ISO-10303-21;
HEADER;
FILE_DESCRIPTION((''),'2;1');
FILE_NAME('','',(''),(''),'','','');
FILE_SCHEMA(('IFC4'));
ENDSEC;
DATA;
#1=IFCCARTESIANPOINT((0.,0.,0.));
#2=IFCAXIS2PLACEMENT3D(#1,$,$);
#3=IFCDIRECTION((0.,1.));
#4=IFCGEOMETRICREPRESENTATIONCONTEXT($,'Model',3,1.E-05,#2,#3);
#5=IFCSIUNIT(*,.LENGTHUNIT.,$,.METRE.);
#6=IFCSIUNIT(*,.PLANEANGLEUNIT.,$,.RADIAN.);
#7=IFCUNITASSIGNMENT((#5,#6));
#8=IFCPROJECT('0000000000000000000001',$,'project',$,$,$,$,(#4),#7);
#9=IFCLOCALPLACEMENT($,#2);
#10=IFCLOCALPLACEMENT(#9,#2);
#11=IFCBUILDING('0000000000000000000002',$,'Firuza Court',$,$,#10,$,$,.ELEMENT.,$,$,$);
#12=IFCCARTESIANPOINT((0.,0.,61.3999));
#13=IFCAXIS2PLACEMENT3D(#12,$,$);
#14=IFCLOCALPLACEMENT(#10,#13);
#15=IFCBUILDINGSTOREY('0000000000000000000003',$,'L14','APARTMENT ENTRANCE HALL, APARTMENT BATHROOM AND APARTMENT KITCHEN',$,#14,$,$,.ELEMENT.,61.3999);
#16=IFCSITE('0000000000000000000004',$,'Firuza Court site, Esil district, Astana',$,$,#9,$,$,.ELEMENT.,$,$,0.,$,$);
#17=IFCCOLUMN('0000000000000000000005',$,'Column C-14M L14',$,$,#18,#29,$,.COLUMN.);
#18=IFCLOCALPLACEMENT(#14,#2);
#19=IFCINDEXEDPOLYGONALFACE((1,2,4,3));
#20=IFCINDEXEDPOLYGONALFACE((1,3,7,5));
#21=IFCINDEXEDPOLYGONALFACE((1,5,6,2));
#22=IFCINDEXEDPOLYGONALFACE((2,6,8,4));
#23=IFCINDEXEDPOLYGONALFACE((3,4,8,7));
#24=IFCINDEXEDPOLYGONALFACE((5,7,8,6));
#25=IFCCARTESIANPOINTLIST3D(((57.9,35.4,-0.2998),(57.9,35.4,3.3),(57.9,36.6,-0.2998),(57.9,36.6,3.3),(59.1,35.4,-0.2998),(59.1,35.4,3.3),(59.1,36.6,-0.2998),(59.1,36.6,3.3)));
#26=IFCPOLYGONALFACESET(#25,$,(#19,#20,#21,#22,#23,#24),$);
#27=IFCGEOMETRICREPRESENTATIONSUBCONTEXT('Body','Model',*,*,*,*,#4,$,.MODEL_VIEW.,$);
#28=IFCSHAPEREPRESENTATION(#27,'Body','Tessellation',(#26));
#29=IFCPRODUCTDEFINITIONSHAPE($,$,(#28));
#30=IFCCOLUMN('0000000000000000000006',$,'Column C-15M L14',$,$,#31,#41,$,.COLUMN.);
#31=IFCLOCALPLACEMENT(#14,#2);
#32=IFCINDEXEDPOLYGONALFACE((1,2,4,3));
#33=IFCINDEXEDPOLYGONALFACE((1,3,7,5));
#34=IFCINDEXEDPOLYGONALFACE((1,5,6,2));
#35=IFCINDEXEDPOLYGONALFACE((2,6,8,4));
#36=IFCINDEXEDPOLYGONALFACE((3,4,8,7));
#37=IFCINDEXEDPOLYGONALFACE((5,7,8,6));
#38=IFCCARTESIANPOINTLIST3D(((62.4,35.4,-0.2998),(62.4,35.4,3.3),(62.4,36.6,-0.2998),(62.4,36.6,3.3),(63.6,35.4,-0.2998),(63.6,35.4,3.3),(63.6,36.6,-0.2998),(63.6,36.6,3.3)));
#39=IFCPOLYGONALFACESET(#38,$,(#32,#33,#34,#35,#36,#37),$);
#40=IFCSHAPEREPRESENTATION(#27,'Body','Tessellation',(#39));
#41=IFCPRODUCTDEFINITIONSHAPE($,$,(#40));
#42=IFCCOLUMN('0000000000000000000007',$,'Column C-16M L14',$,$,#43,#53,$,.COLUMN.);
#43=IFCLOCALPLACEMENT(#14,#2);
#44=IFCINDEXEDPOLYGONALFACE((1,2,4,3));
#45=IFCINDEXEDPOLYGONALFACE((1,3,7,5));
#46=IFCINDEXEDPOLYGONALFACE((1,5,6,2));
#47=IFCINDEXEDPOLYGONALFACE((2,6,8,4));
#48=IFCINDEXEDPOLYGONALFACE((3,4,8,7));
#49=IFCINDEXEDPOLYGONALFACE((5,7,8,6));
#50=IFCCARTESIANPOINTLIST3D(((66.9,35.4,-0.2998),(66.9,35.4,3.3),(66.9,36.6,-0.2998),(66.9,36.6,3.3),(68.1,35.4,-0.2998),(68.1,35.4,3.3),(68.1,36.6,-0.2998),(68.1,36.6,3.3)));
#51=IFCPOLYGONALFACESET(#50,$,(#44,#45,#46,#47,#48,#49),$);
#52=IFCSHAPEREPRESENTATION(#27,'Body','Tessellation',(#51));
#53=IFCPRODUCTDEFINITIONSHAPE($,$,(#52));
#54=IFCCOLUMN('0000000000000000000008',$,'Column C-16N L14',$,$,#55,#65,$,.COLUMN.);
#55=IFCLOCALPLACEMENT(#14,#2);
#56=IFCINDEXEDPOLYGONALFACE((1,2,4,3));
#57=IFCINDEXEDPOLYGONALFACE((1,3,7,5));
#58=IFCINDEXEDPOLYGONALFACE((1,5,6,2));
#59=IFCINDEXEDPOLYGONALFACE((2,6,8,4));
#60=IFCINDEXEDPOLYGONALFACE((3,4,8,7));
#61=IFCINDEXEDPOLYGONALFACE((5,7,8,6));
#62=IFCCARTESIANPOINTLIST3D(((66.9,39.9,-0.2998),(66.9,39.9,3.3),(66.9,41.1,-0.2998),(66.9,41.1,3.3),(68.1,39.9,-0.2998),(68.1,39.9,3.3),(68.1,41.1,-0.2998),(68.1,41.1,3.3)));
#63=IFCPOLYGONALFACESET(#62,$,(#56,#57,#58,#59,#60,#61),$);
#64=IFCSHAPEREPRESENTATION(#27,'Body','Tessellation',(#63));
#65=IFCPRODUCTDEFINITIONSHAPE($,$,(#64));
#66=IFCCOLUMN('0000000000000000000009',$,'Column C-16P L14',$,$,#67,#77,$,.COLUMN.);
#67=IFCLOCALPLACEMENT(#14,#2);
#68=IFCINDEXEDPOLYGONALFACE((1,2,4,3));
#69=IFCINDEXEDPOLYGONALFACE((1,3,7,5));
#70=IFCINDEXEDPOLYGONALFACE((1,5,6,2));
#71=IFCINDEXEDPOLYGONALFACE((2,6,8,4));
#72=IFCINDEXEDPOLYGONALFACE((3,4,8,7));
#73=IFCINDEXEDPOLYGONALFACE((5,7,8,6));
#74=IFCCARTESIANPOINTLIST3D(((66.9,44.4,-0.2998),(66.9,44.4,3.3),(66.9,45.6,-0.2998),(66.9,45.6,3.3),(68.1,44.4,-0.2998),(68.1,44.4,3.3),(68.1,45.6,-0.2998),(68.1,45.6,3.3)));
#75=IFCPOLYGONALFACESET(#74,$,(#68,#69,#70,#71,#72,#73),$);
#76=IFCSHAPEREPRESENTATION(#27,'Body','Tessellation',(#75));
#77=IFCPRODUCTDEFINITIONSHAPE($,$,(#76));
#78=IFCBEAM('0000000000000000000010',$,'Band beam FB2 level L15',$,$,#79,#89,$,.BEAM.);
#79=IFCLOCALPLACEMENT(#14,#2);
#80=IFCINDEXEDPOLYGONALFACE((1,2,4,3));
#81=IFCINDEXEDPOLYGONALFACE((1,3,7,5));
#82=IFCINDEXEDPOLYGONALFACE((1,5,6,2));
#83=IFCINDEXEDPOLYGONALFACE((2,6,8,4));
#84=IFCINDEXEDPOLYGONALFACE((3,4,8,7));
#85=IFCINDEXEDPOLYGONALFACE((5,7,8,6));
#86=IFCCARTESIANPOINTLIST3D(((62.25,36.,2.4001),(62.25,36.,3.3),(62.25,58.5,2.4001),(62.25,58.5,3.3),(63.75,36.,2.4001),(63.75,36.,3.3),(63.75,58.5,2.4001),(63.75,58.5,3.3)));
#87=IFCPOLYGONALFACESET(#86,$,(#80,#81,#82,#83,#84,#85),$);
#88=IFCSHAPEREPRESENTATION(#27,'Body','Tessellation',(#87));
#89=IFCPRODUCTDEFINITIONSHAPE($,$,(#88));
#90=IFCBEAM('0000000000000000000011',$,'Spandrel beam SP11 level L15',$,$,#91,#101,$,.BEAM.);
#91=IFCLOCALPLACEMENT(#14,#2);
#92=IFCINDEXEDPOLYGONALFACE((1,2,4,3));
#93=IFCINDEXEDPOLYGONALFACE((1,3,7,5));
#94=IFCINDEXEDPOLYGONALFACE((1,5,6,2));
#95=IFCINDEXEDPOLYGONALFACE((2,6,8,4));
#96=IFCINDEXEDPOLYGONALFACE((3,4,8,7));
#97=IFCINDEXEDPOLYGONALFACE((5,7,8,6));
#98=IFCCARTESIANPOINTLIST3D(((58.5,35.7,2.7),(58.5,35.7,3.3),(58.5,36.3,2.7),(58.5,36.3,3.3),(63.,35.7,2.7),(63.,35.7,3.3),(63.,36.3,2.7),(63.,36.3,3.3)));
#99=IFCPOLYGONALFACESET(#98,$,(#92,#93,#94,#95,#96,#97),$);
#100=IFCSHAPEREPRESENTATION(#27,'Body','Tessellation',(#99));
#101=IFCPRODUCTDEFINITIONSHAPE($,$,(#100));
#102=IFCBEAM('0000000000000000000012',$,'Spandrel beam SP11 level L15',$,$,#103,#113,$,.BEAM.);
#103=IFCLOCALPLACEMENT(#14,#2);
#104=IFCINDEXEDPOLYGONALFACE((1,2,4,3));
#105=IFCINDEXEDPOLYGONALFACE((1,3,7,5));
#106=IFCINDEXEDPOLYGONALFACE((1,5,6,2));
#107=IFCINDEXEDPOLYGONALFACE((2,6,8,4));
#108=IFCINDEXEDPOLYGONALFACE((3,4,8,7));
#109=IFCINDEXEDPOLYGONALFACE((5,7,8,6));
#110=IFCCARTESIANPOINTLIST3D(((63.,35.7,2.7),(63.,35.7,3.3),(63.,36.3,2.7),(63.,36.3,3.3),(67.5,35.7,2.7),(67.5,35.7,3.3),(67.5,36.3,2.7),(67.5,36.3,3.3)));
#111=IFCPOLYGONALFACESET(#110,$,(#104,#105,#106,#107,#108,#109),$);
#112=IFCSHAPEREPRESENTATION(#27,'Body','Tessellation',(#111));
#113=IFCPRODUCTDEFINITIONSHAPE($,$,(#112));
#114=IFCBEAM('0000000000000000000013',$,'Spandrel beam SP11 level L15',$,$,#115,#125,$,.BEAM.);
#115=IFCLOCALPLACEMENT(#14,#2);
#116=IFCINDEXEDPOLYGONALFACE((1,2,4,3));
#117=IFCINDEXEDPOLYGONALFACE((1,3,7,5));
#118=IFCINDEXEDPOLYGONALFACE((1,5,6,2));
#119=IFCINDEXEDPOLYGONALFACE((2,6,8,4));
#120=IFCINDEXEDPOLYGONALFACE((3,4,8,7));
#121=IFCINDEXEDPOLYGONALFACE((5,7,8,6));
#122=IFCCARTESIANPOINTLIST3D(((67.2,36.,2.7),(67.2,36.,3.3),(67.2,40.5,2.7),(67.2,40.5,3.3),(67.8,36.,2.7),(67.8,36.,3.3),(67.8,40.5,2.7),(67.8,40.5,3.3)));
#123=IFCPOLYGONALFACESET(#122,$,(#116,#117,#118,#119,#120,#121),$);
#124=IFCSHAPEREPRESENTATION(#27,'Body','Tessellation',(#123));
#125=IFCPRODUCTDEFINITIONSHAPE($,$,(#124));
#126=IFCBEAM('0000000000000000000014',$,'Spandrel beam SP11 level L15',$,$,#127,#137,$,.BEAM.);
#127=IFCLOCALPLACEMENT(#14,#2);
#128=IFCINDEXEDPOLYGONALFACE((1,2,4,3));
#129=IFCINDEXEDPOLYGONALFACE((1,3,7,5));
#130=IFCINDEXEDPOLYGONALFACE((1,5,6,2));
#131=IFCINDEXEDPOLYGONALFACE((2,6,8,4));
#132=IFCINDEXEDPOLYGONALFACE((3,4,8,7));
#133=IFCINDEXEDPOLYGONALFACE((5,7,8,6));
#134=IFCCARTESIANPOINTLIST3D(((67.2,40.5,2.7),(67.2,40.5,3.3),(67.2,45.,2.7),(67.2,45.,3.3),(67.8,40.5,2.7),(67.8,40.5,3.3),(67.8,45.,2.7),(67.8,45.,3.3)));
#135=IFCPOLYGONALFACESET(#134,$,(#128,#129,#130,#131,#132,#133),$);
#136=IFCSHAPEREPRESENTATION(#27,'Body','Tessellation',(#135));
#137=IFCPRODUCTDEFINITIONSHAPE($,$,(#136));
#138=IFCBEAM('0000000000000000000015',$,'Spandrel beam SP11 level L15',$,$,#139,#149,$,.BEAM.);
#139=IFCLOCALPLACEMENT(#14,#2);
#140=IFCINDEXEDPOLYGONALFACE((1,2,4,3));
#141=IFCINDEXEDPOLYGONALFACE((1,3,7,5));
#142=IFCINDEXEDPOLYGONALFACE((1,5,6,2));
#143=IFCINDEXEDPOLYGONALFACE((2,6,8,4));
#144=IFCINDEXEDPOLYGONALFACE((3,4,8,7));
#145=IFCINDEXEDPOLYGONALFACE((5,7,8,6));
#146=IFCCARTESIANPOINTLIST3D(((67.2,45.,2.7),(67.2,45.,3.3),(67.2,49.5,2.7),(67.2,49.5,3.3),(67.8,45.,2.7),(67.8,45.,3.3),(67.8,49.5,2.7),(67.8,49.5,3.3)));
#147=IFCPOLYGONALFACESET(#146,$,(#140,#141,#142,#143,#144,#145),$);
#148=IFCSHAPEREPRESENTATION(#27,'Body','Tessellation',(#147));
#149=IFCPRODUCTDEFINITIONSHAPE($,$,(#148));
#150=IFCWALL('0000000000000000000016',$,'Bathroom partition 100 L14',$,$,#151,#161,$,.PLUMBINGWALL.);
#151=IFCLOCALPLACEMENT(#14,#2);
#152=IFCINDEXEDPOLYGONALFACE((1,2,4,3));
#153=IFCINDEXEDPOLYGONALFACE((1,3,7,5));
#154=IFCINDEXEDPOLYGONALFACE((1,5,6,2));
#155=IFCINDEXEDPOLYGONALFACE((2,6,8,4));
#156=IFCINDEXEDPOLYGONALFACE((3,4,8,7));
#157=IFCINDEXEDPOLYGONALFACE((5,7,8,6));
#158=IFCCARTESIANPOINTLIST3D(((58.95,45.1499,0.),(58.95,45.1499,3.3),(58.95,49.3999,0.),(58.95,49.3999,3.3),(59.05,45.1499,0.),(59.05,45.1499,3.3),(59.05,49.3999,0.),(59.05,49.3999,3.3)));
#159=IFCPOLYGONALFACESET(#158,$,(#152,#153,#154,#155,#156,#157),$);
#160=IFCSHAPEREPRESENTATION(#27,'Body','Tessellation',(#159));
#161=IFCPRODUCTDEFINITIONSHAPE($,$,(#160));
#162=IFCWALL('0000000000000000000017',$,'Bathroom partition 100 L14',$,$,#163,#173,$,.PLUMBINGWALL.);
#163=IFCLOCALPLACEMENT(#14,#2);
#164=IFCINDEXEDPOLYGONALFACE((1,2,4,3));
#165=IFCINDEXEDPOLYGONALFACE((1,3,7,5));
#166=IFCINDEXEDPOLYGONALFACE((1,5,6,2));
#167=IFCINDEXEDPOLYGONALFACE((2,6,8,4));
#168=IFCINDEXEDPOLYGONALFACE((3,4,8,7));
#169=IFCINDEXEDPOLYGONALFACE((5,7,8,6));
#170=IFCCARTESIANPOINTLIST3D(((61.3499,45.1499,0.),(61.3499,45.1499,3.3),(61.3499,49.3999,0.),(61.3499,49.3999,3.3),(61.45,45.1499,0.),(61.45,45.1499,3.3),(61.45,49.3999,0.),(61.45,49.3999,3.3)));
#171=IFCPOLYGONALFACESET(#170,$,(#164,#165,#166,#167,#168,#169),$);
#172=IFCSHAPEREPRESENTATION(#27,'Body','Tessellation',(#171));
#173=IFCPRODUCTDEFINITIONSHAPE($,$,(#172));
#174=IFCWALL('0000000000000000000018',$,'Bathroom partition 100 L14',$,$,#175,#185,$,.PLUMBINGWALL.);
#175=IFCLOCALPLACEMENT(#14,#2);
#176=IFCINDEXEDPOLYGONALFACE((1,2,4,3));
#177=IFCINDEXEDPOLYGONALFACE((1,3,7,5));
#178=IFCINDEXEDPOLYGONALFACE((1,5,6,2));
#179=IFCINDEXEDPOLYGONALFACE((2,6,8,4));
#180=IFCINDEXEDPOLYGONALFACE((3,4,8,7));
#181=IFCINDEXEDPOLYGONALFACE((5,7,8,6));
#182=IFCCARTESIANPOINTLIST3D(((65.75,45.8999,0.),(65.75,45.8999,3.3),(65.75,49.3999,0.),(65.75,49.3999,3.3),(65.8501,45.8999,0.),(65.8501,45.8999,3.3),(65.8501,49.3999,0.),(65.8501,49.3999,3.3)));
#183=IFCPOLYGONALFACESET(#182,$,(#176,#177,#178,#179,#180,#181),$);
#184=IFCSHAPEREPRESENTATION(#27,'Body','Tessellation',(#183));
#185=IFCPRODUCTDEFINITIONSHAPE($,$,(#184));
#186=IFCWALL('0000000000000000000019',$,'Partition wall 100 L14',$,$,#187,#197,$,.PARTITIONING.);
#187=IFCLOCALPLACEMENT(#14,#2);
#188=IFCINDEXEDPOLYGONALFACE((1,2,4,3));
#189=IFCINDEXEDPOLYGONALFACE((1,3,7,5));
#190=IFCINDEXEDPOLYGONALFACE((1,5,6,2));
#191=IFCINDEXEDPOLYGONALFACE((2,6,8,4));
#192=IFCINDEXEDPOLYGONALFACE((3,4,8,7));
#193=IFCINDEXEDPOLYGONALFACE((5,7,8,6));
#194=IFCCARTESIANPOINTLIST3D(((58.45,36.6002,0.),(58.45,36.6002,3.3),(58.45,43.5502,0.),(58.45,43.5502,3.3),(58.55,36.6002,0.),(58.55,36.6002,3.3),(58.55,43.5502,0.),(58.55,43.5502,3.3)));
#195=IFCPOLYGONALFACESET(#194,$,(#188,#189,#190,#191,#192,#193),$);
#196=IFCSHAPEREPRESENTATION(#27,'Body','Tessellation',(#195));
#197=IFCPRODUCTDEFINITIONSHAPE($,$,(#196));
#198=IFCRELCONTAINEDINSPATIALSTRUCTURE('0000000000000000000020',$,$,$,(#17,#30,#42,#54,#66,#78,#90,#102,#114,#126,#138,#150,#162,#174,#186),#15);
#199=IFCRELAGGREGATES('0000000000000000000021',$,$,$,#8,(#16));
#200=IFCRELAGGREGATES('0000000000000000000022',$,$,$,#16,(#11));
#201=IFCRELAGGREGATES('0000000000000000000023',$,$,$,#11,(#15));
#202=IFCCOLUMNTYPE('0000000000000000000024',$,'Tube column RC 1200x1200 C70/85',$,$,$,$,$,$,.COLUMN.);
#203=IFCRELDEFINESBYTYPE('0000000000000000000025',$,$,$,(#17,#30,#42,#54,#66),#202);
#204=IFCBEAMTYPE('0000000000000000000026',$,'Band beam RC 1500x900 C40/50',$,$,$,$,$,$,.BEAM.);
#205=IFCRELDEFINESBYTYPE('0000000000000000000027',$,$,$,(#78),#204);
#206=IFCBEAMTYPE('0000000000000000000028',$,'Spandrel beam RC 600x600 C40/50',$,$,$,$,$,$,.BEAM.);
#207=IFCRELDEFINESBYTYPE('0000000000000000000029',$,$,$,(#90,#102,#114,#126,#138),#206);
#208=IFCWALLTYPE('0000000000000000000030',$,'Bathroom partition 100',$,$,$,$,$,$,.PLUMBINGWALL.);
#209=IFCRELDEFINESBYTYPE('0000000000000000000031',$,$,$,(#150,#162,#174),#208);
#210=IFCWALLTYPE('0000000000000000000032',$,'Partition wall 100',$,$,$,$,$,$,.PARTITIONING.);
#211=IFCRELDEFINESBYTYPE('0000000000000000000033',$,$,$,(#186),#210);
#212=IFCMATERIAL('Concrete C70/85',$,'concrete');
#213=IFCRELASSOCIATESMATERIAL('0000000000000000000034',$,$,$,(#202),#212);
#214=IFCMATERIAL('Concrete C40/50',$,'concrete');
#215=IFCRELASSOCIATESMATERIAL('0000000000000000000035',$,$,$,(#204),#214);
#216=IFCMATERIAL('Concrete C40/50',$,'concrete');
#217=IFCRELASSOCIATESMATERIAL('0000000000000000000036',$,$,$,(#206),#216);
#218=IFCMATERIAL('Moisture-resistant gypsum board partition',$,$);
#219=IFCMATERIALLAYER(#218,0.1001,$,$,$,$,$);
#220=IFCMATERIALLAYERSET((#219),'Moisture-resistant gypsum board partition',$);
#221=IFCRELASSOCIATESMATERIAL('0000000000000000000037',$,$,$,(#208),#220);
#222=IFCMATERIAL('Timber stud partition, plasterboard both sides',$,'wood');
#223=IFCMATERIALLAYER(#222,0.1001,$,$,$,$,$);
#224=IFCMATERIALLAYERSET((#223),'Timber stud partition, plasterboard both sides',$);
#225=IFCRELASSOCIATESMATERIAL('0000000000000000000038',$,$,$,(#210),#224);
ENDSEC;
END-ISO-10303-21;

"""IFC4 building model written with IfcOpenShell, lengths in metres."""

from ifc_helpers import new_model, si_unit, direction, frame, frame_2d, origin, origin_2d, place, context, subcontext, project, spatial, rectangle, extrude, material, layer, layer_set, material_profile, profile_set, type_object, element, save


model = new_model("IFC4")

# Units and contexts
model_context = context("Model", 3, precision=1e-05, world=origin(), true_north=direction((0.0, 1.0)))
body_context = subcontext(model_context, "Body", "Model", "MODEL_VIEW")
ifc_project = project(units=[si_unit("LENGTHUNIT", "METRE"), si_unit("PLANEANGLEUNIT", "RADIAN")], contexts=[model_context])

# Site, building, storey
site_placement = place(None, origin())
site = spatial("IfcSite", under=ifc_project, at=site_placement, Name="Firuza Court site, Esil district, Astana", CompositionType="ELEMENT", RefElevation=0.0)
building_placement = place(site_placement, origin())
building = spatial("IfcBuilding", under=site, at=building_placement, Name="Firuza Court", CompositionType="ELEMENT")
storey_placement = place(building_placement, frame((0.0, 0.0, 61.3999)))
storey = spatial("IfcBuildingStorey", under=building, at=storey_placement, Name="L14", Description="APARTMENT ENTRANCE HALL, APARTMENT BATHROOM AND APARTMENT KITCHEN", CompositionType="ELEMENT", Elevation=61.3999)

# Columns
ifc_material_1 = material(Name="Concrete C70/85", Category="concrete")
ifc_material_profile_1 = material_profile(ifc_material_1, rectangle(XDim=1.2, YDim=1.2, at=origin_2d()), Name="RC 1200x1200")
ifc_profile_set_1 = profile_set([ifc_material_profile_1], Name="Concrete C70/85")
column_type = type_object("IfcColumnType", Name="Tube column RC 1200x1200 C70/85", PredefinedType="COLUMN", material=ifc_profile_set_1)
for number, where, z_axis, x_axis, name in (
    (1, (58.5, 36.0, -0.2998), (0.0, 0.0, 1.0), (1.0, 0.0, 0.0), "Column C-14M L14"),
    (2, (63.0, 36.0, -0.2998), (0.0, 0.0, 1.0), (1.0, 0.0, 0.0), "Column C-15M L14"),
    (3, (67.5, 36.0, -0.2998), (0.0, 0.0, 1.0), (1.0, 0.0, 0.0), "Column C-16M L14"),
    (4, (67.5, 40.5, -0.2998), (0.0, 0.0, 1.0), (1.0, 0.0, 0.0), "Column C-16N L14"),
    (5, (67.5, 45.0, -0.2998), (0.0, 0.0, 1.0), (1.0, 0.0, 0.0), "Column C-16P L14"),
):
    element("IfcColumn", number, at=place(storey_placement, frame(where, z_axis=z_axis, x_axis=x_axis)), inside=storey, type_object=column_type, Name=name, PredefinedType="COLUMN", context=body_context, shape_type="SweptSolid", body=[
        extrude(rectangle(XDim=1.2, YDim=1.2, at=origin_2d()), origin(), (0.0, 0.0, 1.0), 3.5999),
    ])

# Beams
ifc_material_2 = material(Name="Concrete C40/50", Category="concrete")
ifc_material_profile_2 = material_profile(ifc_material_2, rectangle(XDim=1.5, YDim=0.8999, at=origin_2d()), Name="RC 1500x900")
ifc_profile_set_2 = profile_set([ifc_material_profile_2], Name="Concrete C40/50")
beam_type_1 = type_object("IfcBeamType", Name="Band beam RC 1500x900 C40/50", PredefinedType="BEAM", material=ifc_profile_set_2)
beam_placement = place(storey_placement, frame((63.0, 36.0, 2.8501), z_axis=(0.0, 1.0, 0.0), x_axis=(-1.0, 0.0, 0.0)))
element("IfcBeam", 6, at=beam_placement, inside=storey, type_object=beam_type_1, Name="Band beam FB2 level L15", PredefinedType="BEAM", context=body_context, shape_type="SweptSolid", body=[
    extrude(rectangle(XDim=1.5, YDim=0.8999, at=origin_2d()), origin(), (0.0, 0.0, 1.0), 22.5),
])
ifc_material_3 = material(Name="Concrete C40/50", Category="concrete")
ifc_material_profile_3 = material_profile(ifc_material_3, rectangle(XDim=0.6001, YDim=0.6001, at=origin_2d()), Name="RC 600x600")
ifc_profile_set_3 = profile_set([ifc_material_profile_3], Name="Concrete C40/50")
beam_type_2 = type_object("IfcBeamType", Name="Spandrel beam RC 600x600 C40/50", PredefinedType="BEAM", material=ifc_profile_set_3)
for number, where, z_axis, x_axis, name in (
    (7, (58.5, 36.0, 3.0), (1.0, 0.0, 0.0), (0.0, 1.0, 0.0), "Spandrel beam SP11 level L15"),
    (8, (63.0, 36.0, 3.0), (1.0, 0.0, 0.0), (0.0, 1.0, 0.0), "Spandrel beam SP11 level L15"),
    (9, (67.5, 36.0, 3.0), (0.0, 1.0, 0.0), (-1.0, 0.0, 0.0), "Spandrel beam SP11 level L15"),
    (10, (67.5, 40.5, 3.0), (0.0, 1.0, 0.0), (-1.0, 0.0, 0.0), "Spandrel beam SP11 level L15"),
    (11, (67.5, 45.0, 3.0), (0.0, 1.0, 0.0), (-1.0, 0.0, 0.0), "Spandrel beam SP11 level L15"),
):
    element("IfcBeam", number, at=place(storey_placement, frame(where, z_axis=z_axis, x_axis=x_axis)), inside=storey, type_object=beam_type_2, Name=name, PredefinedType="BEAM", context=body_context, shape_type="SweptSolid", body=[
        extrude(rectangle(XDim=0.6001, YDim=0.6001, at=origin_2d()), origin(), (0.0, 0.0, 1.0), 4.5),
    ])

# Walls
ifc_material_4 = material(Name="Moisture-resistant gypsum board partition")
ifc_layer_1 = layer(ifc_material_4, 0.1001)
ifc_layer_set_1 = layer_set([ifc_layer_1], Name="Moisture-resistant gypsum board partition")
wall_type_1 = type_object("IfcWallType", Name="Bathroom partition 100", PredefinedType="PLUMBINGWALL", material=ifc_layer_set_1)
for number, where, z_axis, x_axis, name in (
    (12, (59.0, 45.1499, 0.0), (0.0, 0.0, 1.0), (0.0, 1.0, 0.0), "Bathroom partition 100 L14"),
    (13, (61.3999, 45.1499, 0.0), (0.0, 0.0, 1.0), (0.0, 1.0, 0.0), "Bathroom partition 100 L14"),
):
    element("IfcWall", number, at=place(storey_placement, frame(where, z_axis=z_axis, x_axis=x_axis)), inside=storey, type_object=wall_type_1, Name=name, PredefinedType="PLUMBINGWALL", context=body_context, shape_type="SweptSolid", body=[
        extrude(rectangle(XDim=4.25, YDim=0.1001, at=frame_2d((2.125, 0.0))), origin(), (0.0, 0.0, 1.0), 3.3),
    ])
wall_1_placement = place(storey_placement, frame((65.8, 45.8999, 0.0), z_axis=(0.0, 0.0, 1.0), x_axis=(0.0, 1.0, 0.0)))
element("IfcWall", 14, at=wall_1_placement, inside=storey, type_object=wall_type_1, Name="Bathroom partition 100 L14", PredefinedType="PLUMBINGWALL", context=body_context, shape_type="SweptSolid", body=[
    extrude(rectangle(XDim=3.5, YDim=0.1001, at=frame_2d((1.75, 0.0))), origin(), (0.0, 0.0, 1.0), 3.3),
])
ifc_material_5 = material(Name="Timber stud partition, plasterboard both sides", Category="wood")
ifc_layer_2 = layer(ifc_material_5, 0.1001)
ifc_layer_set_2 = layer_set([ifc_layer_2], Name="Timber stud partition, plasterboard both sides")
wall_type_2 = type_object("IfcWallType", Name="Partition wall 100", PredefinedType="PARTITIONING", material=ifc_layer_set_2)
wall_2_placement = place(storey_placement, frame((58.5, 36.6001, 0.0), z_axis=(0.0, 0.0, 1.0), x_axis=(0.0, 1.0, 0.0)))
element("IfcWall", 15, at=wall_2_placement, inside=storey, type_object=wall_type_2, Name="Partition wall 100 L14", PredefinedType="PARTITIONING", context=body_context, shape_type="SweptSolid", body=[
    extrude(rectangle(XDim=6.95, YDim=0.1001, at=frame_2d((3.4751, 0.0))), origin(), (0.0, 0.0, 1.0), 3.3),
])

save(model, "model.ifc")
